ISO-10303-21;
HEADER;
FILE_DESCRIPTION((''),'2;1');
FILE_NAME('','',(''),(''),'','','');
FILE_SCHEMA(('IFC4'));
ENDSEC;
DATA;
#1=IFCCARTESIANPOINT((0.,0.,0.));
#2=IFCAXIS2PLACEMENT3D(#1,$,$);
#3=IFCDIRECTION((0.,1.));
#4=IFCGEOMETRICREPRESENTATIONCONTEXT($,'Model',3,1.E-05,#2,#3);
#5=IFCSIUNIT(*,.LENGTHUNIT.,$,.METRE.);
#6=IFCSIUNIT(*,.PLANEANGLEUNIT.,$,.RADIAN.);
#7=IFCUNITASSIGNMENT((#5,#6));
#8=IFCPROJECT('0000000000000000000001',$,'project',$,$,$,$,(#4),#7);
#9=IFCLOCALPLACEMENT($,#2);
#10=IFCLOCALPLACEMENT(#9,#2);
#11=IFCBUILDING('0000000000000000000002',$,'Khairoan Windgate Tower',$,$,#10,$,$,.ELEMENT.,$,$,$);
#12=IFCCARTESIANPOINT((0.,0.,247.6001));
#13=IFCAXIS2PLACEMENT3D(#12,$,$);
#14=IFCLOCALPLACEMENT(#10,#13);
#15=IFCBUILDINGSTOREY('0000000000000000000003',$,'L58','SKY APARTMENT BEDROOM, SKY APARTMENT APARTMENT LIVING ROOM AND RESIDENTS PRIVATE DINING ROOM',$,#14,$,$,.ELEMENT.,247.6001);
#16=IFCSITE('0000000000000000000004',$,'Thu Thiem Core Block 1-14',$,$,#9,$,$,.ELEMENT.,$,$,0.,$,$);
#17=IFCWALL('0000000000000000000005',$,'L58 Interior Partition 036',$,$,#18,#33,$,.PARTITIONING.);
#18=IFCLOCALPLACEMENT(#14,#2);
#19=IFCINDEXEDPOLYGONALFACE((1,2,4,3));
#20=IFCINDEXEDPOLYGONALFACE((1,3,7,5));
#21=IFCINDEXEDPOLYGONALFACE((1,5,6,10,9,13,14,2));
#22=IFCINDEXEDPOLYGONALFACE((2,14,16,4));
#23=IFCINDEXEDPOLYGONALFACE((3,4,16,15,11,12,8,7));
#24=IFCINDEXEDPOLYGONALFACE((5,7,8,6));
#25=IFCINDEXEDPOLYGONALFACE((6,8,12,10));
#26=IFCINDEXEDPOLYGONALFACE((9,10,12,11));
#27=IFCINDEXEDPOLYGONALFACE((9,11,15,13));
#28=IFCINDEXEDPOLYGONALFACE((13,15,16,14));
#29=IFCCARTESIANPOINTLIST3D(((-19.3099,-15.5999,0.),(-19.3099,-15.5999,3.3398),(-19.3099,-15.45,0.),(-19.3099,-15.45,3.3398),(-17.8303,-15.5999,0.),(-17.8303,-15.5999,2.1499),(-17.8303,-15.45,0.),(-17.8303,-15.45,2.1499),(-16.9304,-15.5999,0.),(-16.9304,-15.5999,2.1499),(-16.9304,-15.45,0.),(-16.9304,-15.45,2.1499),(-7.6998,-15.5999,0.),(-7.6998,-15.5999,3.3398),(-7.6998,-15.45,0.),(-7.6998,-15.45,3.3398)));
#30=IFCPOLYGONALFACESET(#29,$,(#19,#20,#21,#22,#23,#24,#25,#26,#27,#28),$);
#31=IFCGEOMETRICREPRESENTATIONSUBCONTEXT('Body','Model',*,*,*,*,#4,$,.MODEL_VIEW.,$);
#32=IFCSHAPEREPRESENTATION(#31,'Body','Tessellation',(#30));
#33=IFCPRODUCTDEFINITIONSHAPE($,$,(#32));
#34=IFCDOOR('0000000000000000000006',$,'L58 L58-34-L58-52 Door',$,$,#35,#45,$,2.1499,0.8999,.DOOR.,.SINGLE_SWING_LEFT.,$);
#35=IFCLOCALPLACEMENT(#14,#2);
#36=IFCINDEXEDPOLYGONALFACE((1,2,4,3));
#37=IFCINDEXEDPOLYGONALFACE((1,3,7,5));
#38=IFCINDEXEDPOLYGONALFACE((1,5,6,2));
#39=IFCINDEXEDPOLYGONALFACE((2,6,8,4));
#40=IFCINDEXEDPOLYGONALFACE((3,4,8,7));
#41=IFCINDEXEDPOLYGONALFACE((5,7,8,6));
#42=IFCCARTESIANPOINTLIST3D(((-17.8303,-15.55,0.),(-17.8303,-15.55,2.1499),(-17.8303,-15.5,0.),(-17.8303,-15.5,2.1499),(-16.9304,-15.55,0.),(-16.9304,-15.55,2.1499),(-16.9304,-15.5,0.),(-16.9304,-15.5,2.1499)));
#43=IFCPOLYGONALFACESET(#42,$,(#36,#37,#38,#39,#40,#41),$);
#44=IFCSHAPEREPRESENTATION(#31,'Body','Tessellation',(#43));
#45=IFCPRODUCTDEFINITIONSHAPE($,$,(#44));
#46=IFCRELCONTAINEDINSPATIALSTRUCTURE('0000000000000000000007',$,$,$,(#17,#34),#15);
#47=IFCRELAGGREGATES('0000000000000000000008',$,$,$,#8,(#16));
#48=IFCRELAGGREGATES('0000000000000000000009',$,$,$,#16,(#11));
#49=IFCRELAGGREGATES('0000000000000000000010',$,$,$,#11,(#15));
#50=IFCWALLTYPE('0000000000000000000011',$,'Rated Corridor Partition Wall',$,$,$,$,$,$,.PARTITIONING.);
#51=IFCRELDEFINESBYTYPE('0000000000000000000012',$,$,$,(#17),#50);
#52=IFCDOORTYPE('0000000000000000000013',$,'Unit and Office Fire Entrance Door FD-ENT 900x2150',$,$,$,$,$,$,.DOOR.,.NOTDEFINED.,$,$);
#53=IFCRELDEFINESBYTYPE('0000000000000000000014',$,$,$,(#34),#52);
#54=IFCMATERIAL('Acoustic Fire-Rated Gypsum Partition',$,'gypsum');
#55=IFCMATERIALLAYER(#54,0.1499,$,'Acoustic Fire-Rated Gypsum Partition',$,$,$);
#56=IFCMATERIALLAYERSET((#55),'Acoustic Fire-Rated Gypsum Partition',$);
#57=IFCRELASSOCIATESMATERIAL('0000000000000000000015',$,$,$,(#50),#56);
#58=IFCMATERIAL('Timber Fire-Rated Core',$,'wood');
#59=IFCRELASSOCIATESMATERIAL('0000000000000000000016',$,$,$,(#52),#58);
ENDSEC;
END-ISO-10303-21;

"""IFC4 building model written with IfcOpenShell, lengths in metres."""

from ifc_helpers import new_model, si_unit, direction, frame, frame_2d, origin, place, context, subcontext, project, spatial, rectangle, extrude, material, layer, layer_set, type_object, element, fill, save


model = new_model("IFC4")

# Units and contexts
model_context = context("Model", 3, precision=1e-05, world=origin(), true_north=direction((0.0, 1.0)))
body_context = subcontext(model_context, "Body", "Model", "MODEL_VIEW")
ifc_project = project(units=[si_unit("LENGTHUNIT", "METRE"), si_unit("PLANEANGLEUNIT", "RADIAN")], contexts=[model_context])

# Site, building, storey
site_placement = place(None, origin())
site = spatial("IfcSite", under=ifc_project, at=site_placement, Name="Thu Thiem Core Block 1-14", CompositionType="ELEMENT", RefElevation=0.0)
building_placement = place(site_placement, origin())
building = spatial("IfcBuilding", under=site, at=building_placement, Name="Khairoan Windgate Tower", CompositionType="ELEMENT")
storey_placement = place(building_placement, frame((0.0, 0.0, 247.6001)))
storey = spatial("IfcBuildingStorey", under=building, at=storey_placement, Name="L58", Description="SKY APARTMENT BEDROOM, SKY APARTMENT APARTMENT LIVING ROOM AND RESIDENTS PRIVATE DINING ROOM", CompositionType="ELEMENT", Elevation=247.6001)

# Shared definitions
ifc_material_1 = material(Name="Acoustic Fire-Rated Gypsum Partition", Category="gypsum")
ifc_layer_1 = layer(ifc_material_1, 0.1499, Name="Acoustic Fire-Rated Gypsum Partition")
ifc_layer_set_1 = layer_set([ifc_layer_1], Name="Acoustic Fire-Rated Gypsum Partition")
wall_type_1 = type_object("IfcWallType", Name="Rated Corridor Partition Wall", PredefinedType="PARTITIONING", material=ifc_layer_set_1)

# Wall, opening, door
wall_1_placement = place(storey_placement, frame((-19.3101, -15.5249, 0.0), z_axis=(0.0, 0.0, 1.0), x_axis=(1.0, 0.0, 0.0)))
wall_1 = element("IfcWall", 1, at=wall_1_placement, inside=storey, type_object=wall_type_1, Name="L58 Interior Partition 036", PredefinedType="PARTITIONING", context=body_context, shape_type="SweptSolid", body=[
    extrude(rectangle(XDim=11.6101, YDim=0.1499, at=frame_2d((5.8052, 0.0))), origin(), (0.0, 0.0, 1.0), 3.3398),
])
opening_1_placement = place(wall_1_placement, frame((1.4797, 0.0, 0.0)))
opening_1 = element("IfcOpeningElement", 2, at=opening_1_placement, cuts=wall_1, PredefinedType="OPENING", context=body_context, shape_type="SweptSolid", body=[
    extrude(rectangle(XDim=0.8999, YDim=2.1499, at=frame_2d((0.45, 1.075))), frame((0.0, 0.085, 0.0), z_axis=(0.0, -1.0, 0.0), x_axis=(1.0, 0.0, 0.0)), (0.0, 0.0, 1.0), 0.1699),
])
ifc_material_2 = material(Name="Timber Fire-Rated Core", Category="wood")
door_type_1 = type_object("IfcDoorType", Name="Unit and Office Fire Entrance Door FD-ENT 900x2150", OperationType="NOTDEFINED", PredefinedType="DOOR", material=ifc_material_2)
door_1_placement = place(opening_1_placement, origin())
door_1 = element("IfcDoor", 3, at=door_1_placement, inside=storey, type_object=door_type_1, Name="L58 L58-34-L58-52 Door", OperationType="SINGLE_SWING_LEFT", OverallHeight=2.1499, OverallWidth=0.8999, PredefinedType="DOOR", context=body_context, shape_type="SweptSolid", body=[
    extrude(rectangle(XDim=0.8999, YDim=2.1499, at=frame_2d((0.45, 1.075))), frame((0.0, 0.0249, 0.0), z_axis=(0.0, -1.0, 0.0), x_axis=(1.0, 0.0, 0.0)), (0.0, 0.0, 1.0), 0.05),
])
fill(opening_1, door_1)

save(model, "model.ifc")
